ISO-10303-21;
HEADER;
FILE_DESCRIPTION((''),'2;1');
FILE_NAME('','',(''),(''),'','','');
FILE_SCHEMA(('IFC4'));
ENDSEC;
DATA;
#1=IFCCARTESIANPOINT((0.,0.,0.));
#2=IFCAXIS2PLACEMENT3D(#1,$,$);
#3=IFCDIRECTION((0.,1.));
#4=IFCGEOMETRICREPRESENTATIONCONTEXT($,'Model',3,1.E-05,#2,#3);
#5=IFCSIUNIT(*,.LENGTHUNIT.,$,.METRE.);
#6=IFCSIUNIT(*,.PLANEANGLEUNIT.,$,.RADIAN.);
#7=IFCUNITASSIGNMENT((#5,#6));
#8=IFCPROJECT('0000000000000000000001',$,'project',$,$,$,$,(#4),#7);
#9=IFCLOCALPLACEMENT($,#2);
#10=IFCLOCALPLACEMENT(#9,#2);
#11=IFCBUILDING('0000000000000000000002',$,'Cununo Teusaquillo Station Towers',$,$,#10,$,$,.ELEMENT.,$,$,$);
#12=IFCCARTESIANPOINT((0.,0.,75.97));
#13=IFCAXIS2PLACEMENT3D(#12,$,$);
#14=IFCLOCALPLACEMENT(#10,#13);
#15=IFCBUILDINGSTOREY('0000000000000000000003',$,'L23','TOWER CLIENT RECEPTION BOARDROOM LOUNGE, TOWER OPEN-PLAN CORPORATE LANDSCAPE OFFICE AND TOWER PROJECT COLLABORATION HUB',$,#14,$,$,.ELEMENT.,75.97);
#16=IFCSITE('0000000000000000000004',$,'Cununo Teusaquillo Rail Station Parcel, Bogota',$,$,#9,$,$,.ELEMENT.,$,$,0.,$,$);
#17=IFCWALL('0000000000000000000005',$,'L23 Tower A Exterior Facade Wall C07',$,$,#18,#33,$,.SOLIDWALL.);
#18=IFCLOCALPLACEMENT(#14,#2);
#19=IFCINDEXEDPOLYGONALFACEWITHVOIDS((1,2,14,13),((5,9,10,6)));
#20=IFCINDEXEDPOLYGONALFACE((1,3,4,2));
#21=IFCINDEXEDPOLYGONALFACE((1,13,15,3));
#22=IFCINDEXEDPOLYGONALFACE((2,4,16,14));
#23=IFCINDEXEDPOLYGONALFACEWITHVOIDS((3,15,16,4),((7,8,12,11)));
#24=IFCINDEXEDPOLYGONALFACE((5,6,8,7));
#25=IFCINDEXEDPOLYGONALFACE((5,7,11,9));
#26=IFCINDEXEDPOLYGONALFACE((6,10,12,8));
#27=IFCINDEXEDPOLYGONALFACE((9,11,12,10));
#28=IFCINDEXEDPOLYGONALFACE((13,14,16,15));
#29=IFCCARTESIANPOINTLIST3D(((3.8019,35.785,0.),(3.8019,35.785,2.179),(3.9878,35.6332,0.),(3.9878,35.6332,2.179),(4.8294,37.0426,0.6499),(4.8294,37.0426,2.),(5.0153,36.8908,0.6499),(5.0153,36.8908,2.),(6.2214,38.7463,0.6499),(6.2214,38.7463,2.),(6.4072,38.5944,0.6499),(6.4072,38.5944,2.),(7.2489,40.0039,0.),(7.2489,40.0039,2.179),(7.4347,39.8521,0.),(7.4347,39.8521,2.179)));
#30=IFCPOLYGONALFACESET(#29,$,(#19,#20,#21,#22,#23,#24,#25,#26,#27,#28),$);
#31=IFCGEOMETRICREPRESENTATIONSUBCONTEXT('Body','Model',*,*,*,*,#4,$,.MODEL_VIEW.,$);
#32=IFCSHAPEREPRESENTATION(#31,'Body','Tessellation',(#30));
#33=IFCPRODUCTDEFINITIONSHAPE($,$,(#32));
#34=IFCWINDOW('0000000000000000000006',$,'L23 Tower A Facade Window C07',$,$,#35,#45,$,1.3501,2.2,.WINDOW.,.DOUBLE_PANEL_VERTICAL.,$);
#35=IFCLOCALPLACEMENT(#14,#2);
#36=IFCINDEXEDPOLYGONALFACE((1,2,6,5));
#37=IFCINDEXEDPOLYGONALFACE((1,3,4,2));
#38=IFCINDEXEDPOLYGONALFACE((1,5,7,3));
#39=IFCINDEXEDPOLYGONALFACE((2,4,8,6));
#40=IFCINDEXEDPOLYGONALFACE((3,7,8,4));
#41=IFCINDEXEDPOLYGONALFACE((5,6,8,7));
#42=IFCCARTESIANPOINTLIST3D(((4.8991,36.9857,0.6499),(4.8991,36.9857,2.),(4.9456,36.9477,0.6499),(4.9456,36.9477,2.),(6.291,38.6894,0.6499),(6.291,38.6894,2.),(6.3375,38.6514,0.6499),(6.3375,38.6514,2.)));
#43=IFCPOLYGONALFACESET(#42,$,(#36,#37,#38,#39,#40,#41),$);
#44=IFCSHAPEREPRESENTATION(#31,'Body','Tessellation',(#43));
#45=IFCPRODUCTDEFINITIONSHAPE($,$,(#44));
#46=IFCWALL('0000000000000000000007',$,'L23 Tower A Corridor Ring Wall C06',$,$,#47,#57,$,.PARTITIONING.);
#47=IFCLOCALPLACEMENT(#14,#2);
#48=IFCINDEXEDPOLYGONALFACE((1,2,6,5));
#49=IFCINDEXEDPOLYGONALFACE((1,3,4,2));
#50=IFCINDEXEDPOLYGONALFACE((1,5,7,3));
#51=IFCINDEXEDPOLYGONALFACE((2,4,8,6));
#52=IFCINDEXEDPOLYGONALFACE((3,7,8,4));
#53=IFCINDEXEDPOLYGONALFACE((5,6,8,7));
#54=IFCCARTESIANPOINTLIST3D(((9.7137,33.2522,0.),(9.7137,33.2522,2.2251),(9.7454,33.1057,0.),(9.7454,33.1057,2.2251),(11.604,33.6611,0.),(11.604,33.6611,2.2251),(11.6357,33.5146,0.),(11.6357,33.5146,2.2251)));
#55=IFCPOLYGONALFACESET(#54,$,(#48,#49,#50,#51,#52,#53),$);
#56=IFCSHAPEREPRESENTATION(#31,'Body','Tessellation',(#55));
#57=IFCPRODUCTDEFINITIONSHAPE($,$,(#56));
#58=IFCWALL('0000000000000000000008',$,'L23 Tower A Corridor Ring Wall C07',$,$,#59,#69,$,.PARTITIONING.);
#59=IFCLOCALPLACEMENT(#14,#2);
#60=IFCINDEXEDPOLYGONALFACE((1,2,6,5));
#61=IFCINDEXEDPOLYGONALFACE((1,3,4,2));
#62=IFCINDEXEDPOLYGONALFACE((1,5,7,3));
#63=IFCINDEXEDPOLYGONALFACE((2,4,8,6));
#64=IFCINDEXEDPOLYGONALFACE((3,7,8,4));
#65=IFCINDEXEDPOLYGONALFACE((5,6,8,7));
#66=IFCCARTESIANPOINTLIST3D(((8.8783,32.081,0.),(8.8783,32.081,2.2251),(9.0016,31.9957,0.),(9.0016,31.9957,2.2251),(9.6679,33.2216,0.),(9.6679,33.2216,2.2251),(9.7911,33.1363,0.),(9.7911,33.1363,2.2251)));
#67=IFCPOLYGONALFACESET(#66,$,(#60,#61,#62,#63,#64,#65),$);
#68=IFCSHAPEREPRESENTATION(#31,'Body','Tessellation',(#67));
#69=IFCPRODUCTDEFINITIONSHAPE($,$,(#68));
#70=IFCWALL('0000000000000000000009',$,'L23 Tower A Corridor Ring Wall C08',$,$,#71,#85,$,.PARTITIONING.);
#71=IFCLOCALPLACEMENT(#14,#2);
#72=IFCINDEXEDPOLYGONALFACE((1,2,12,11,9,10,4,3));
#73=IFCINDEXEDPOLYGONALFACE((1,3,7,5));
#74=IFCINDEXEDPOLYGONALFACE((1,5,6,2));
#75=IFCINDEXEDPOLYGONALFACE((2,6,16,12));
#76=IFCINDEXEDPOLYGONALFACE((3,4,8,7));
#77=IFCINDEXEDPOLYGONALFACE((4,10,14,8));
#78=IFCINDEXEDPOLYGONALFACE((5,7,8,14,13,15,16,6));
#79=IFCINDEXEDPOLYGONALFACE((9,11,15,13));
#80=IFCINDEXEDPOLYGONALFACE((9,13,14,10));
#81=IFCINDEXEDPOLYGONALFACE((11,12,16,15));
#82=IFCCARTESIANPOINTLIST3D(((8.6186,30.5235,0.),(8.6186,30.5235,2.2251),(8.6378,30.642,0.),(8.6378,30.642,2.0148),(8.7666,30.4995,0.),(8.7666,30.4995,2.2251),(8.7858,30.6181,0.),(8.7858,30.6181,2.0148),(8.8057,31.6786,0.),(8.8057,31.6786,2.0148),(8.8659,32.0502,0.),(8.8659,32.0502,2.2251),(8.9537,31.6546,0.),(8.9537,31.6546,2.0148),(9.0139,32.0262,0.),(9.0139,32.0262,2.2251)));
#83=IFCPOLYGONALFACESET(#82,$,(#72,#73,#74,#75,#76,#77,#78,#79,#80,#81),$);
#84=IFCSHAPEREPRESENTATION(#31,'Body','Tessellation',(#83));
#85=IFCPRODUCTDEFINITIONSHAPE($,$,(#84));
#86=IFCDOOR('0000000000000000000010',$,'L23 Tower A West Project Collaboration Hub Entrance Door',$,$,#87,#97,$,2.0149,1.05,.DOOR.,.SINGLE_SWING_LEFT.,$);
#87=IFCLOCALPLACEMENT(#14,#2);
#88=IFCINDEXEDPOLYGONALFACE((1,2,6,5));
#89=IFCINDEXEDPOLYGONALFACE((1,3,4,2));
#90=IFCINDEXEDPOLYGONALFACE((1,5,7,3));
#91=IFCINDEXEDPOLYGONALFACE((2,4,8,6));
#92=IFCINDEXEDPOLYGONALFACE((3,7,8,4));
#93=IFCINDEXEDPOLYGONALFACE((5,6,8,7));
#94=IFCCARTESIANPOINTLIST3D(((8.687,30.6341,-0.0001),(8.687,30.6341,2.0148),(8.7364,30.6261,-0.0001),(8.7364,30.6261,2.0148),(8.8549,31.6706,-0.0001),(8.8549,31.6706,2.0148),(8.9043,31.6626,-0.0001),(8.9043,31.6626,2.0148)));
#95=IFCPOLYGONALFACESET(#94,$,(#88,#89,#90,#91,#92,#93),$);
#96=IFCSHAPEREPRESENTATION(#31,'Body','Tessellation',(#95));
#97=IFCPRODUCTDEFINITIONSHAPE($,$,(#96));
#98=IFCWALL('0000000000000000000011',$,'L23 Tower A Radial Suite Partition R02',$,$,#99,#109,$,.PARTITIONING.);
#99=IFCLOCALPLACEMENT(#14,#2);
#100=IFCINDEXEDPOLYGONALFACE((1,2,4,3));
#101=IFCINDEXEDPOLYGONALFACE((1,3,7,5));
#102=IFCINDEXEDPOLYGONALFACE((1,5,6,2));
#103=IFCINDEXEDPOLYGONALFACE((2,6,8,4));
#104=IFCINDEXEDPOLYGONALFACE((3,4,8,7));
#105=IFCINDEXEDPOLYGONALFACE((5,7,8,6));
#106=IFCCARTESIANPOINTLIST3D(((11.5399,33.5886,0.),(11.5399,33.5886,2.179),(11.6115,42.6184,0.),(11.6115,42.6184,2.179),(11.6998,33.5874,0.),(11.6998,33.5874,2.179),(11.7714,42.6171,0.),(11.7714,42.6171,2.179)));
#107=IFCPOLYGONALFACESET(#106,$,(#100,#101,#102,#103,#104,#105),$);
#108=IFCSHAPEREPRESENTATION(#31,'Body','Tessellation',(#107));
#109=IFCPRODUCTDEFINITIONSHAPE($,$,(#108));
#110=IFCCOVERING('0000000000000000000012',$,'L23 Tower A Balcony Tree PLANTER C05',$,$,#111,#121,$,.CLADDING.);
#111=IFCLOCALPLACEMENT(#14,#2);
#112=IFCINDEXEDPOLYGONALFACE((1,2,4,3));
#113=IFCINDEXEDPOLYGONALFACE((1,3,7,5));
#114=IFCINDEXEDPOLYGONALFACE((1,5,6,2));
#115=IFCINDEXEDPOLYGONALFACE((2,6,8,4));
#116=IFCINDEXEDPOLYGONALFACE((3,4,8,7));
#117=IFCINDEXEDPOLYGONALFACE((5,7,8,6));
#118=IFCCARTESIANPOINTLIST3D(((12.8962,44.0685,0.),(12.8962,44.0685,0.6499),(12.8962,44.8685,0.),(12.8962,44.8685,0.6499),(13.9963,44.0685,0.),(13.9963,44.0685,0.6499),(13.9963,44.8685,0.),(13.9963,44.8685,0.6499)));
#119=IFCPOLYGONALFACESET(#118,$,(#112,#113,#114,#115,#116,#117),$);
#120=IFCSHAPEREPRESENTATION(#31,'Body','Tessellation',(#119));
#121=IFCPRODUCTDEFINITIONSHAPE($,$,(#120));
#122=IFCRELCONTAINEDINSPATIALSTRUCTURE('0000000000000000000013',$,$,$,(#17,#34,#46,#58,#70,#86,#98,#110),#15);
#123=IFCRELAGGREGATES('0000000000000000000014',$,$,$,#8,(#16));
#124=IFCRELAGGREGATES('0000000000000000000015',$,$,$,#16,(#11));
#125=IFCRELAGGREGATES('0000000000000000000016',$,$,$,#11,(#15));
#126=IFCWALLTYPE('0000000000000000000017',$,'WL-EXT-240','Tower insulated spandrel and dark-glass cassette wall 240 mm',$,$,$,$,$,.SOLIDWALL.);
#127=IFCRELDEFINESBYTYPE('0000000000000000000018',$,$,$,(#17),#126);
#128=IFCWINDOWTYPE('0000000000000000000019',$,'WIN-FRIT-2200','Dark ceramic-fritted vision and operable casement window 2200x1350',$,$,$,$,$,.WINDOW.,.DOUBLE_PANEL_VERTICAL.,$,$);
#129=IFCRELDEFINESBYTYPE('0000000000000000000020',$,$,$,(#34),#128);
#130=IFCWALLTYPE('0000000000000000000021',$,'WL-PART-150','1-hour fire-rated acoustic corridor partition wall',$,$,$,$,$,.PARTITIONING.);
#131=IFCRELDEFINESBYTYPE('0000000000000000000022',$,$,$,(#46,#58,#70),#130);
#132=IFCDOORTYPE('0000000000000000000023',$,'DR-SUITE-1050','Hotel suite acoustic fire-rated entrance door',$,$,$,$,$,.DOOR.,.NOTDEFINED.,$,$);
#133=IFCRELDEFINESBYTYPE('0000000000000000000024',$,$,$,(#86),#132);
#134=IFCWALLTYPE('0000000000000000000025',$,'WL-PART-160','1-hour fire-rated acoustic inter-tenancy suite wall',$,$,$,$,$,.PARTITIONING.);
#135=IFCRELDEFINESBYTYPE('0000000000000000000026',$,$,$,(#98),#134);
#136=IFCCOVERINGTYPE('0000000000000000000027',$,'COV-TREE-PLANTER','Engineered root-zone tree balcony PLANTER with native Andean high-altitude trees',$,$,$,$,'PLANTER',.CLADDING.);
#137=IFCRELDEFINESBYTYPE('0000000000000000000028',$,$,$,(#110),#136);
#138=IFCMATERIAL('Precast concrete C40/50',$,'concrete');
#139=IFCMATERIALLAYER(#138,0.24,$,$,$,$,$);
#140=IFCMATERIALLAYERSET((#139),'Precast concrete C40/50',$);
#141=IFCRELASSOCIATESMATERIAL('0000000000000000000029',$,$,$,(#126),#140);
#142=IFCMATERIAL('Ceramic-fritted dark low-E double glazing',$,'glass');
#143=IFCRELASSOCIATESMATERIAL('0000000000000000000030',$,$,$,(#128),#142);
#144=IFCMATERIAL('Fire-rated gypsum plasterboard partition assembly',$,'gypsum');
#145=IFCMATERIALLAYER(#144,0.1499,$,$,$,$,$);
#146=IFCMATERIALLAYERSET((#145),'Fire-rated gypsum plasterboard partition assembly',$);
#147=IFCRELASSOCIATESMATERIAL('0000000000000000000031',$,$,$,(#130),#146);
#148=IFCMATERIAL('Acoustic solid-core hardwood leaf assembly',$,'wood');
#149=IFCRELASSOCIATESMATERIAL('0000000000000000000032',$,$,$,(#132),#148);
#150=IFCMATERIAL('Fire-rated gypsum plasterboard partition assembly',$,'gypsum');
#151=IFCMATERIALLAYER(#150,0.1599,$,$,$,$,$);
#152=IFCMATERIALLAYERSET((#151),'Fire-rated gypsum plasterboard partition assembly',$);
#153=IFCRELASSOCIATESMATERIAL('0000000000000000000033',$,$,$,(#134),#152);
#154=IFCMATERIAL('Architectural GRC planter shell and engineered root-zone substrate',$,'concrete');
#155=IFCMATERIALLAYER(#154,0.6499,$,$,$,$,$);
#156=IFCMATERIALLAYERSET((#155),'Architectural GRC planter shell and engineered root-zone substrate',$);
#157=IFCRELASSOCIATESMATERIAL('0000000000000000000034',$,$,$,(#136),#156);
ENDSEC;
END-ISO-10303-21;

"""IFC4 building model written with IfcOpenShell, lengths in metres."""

from ifc_helpers import new_model, si_unit, direction, frame, frame_2d, origin, origin_2d, place, context, subcontext, project, spatial, rectangle, extrude, source, transform, mapped, material, layer, layer_set, type_object, element, fill, save


model = new_model("IFC4")

# Units and contexts
model_context = context("Model", 3, precision=1e-05, world=origin(), true_north=direction((0.0, 1.0)))
body_context = subcontext(model_context, "Body", "Model", "MODEL_VIEW")
ifc_project = project(units=[si_unit("LENGTHUNIT", "METRE"), si_unit("PLANEANGLEUNIT", "RADIAN")], contexts=[model_context])

# Site, building, storey
site_placement = place(None, origin())
site = spatial("IfcSite", under=ifc_project, at=site_placement, Name="Cununo Teusaquillo Rail Station Parcel, Bogota", CompositionType="ELEMENT", RefElevation=0.0)
building_placement = place(site_placement, origin())
building = spatial("IfcBuilding", under=site, at=building_placement, Name="Cununo Teusaquillo Station Towers", CompositionType="ELEMENT")
storey_placement = place(building_placement, frame((0.0, 0.0, 75.97)))
storey = spatial("IfcBuildingStorey", under=building, at=storey_placement, Name="L23", Description="TOWER CLIENT RECEPTION BOARDROOM LOUNGE, TOWER OPEN-PLAN CORPORATE LANDSCAPE OFFICE AND TOWER PROJECT COLLABORATION HUB", CompositionType="ELEMENT", Elevation=75.97)

# Shared definitions
ifc_material_1 = material(Name="Precast concrete C40/50", Category="concrete")
ifc_layer_1 = layer(ifc_material_1, 0.24)
ifc_layer_set_1 = layer_set([ifc_layer_1], Name="Precast concrete C40/50")
wall_type_1 = type_object("IfcWallType", Name="WL-EXT-240", Description="Tower insulated spandrel and dark-glass cassette wall 240 mm", PredefinedType="SOLIDWALL", material=ifc_layer_set_1)
shared_shape_1 = source(origin(), body_context, "Body", "SweptSolid", [
    extrude(rectangle(XDim=2.2, YDim=1.3501, at=frame_2d((1.1001, 0.675))), frame((0.0, 0.1299, 0.0), z_axis=(0.0, -1.0, 0.0), x_axis=(1.0, 0.0, 0.0)), (0.0, 0.0, 1.0), 0.26),
])
ifc_material_2 = material(Name="Ceramic-fritted dark low-E double glazing", Category="glass")
window_type = type_object("IfcWindowType", Name="WIN-FRIT-2200", Description="Dark ceramic-fritted vision and operable casement window 2200x1350", PartitioningType="DOUBLE_PANEL_VERTICAL", PredefinedType="WINDOW", material=ifc_material_2)
shared_shape_2 = source(origin(), body_context, "Body", "SweptSolid", [
    extrude(rectangle(XDim=2.2, YDim=1.3501, at=frame_2d((1.1001, 0.675))), frame((0.0, 0.03, 0.0), z_axis=(0.0, -1.0, 0.0), x_axis=(1.0, 0.0, 0.0)), (0.0, 0.0, 1.0), 0.0601),
])

# Wall, opening, window
wall_1_placement = place(storey_placement, frame((3.8948, 35.709, 0.0), z_axis=(0.0, 0.0, 1.0), x_axis=(0.632701, 0.774396, 0.0)))
wall_1 = element("IfcWall", 1, at=wall_1_placement, inside=storey, type_object=wall_type_1, Name="L23 Tower A Exterior Facade Wall C07", PredefinedType="SOLIDWALL", context=body_context, shape_type="SweptSolid", body=[
    extrude(rectangle(XDim=5.448, YDim=0.24, at=frame_2d((2.7241, 0.0))), origin(), (0.0, 0.0, 1.0), 2.179),
])
opening_1_placement = place(wall_1_placement, frame((1.624, 0.0, 0.6499)))
opening_1 = element("IfcOpeningElement", 2, at=opening_1_placement, cuts=wall_1, PredefinedType="OPENING", context=body_context, shape_type="MappedRepresentation", body=[
    mapped(shared_shape_1, transform((0.0, 0.0, 0.0), x_axis=(1.0, 0.0, 0.0), y_axis=(0.0, 1.0, 0.0), z_axis=(0.0, 0.0, 1.0), scale=1.0)),
])
window_1_placement = place(opening_1_placement, origin())
window_1 = element("IfcWindow", 3, at=window_1_placement, inside=storey, type_object=window_type, Name="L23 Tower A Facade Window C07", OverallHeight=1.3501, OverallWidth=2.2, PartitioningType="DOUBLE_PANEL_VERTICAL", PredefinedType="WINDOW", context=body_context, shape_type="MappedRepresentation", body=[
    mapped(shared_shape_2, transform((0.0, 0.0, 0.0), x_axis=(1.0, 0.0, 0.0), y_axis=(0.0, 1.0, 0.0), z_axis=(0.0, 0.0, 1.0), scale=1.0)),
])
fill(opening_1, window_1)

# Walls
ifc_material_3 = material(Name="Fire-rated gypsum plasterboard partition assembly", Category="gypsum")
ifc_layer_2 = layer(ifc_material_3, 0.1499)
ifc_layer_set_2 = layer_set([ifc_layer_2], Name="Fire-rated gypsum plasterboard partition assembly")
wall_type_2 = type_object("IfcWallType", Name="WL-PART-150", Description="1-hour fire-rated acoustic corridor partition wall", PredefinedType="PARTITIONING", material=ifc_layer_set_2)
wall_2_placement = place(storey_placement, frame((11.6199, 33.5879, 0.0), z_axis=(0.0, 0.0, 1.0), x_axis=(-0.977392, -0.211434, 0.0)))
element("IfcWall", 4, at=wall_2_placement, inside=storey, type_object=wall_type_2, Name="L23 Tower A Corridor Ring Wall C06", PredefinedType="PARTITIONING", context=body_context, shape_type="SweptSolid", body=[
    extrude(rectangle(XDim=1.9341, YDim=0.1499, at=frame_2d((0.967, 0.0))), origin(), (0.0, 0.0, 1.0), 2.2251),
])
wall_3_placement = place(storey_placement, frame((9.7295, 33.179, 0.0), z_axis=(0.0, 0.0, 1.0), x_axis=(-0.569155, -0.82223, 0.0)))
element("IfcWall", 5, at=wall_3_placement, inside=storey, type_object=wall_type_2, Name="L23 Tower A Corridor Ring Wall C07", PredefinedType="PARTITIONING", context=body_context, shape_type="SweptSolid", body=[
    extrude(rectangle(XDim=1.3872, YDim=0.1499, at=frame_2d((0.6936, 0.0))), origin(), (0.0, 0.0, 1.0), 2.2251),
])

# Wall, opening, door
wall_4_placement = place(storey_placement, frame((8.9399, 32.0383, 0.0), z_axis=(0.0, 0.0, 1.0), x_axis=(-0.159917, -0.98713, 0.0)))
wall_4 = element("IfcWall", 6, at=wall_4_placement, inside=storey, type_object=wall_type_2, Name="L23 Tower A Corridor Ring Wall C08", PredefinedType="PARTITIONING", context=body_context, shape_type="SweptSolid", body=[
    extrude(rectangle(XDim=1.5466, YDim=0.1499, at=frame_2d((0.7734, 0.0))), origin(), (0.0, 0.0, 1.0), 2.2251),
])
shared_shape_3 = source(origin(), body_context, "Body", "SweptSolid", [
    extrude(rectangle(XDim=1.05, YDim=2.0149, at=frame_2d((0.5249, 1.0073))), frame((0.0, 0.085, 0.0), z_axis=(0.0, -1.0, 0.0), x_axis=(1.0, 0.0, 0.0)), (0.0, 0.0, 1.0), 0.1699),
])
opening_2_placement = place(wall_4_placement, frame((0.3767, 0.0, 0.0)))
opening_2 = element("IfcOpeningElement", 7, at=opening_2_placement, cuts=wall_4, PredefinedType="OPENING", context=body_context, shape_type="MappedRepresentation", body=[
    mapped(shared_shape_3, transform((0.0, 0.0, 0.0), x_axis=(1.0, 0.0, 0.0), y_axis=(0.0, 1.0, 0.0), z_axis=(0.0, 0.0, 1.0), scale=1.0)),
])
ifc_material_4 = material(Name="Acoustic solid-core hardwood leaf assembly", Category="wood")
door_type_1 = type_object("IfcDoorType", Name="DR-SUITE-1050", Description="Hotel suite acoustic fire-rated entrance door", OperationType="NOTDEFINED", PredefinedType="DOOR", material=ifc_material_4)
shared_shape_4 = source(origin(), body_context, "Body", "SweptSolid", [
    extrude(rectangle(XDim=1.05, YDim=2.0149, at=frame_2d((0.5249, 1.0073))), frame((0.0, 0.0249, 0.0), z_axis=(0.0, -1.0, 0.0), x_axis=(1.0, 0.0, 0.0)), (0.0, 0.0, 1.0), 0.05),
])
door_1_placement = place(opening_2_placement, origin())
door_1 = element("IfcDoor", 8, at=door_1_placement, inside=storey, type_object=door_type_1, Name="L23 Tower A West Project Collaboration Hub Entrance Door", OperationType="SINGLE_SWING_LEFT", OverallHeight=2.0149, OverallWidth=1.05, PredefinedType="DOOR", context=body_context, shape_type="MappedRepresentation", body=[
    mapped(shared_shape_4, transform((0.0, 0.0, 0.0), x_axis=(1.0, 0.0, 0.0), y_axis=(0.0, 1.0, 0.0), z_axis=(0.0, 0.0, 1.0), scale=1.0)),
])
fill(opening_2, door_1)

# Wall
ifc_material_5 = material(Name="Fire-rated gypsum plasterboard partition assembly", Category="gypsum")
ifc_layer_3 = layer(ifc_material_5, 0.1599)
ifc_layer_set_3 = layer_set([ifc_layer_3], Name="Fire-rated gypsum plasterboard partition assembly")
wall_type_3 = type_object("IfcWallType", Name="WL-PART-160", Description="1-hour fire-rated acoustic inter-tenancy suite wall", PredefinedType="PARTITIONING", material=ifc_layer_set_3)
wall_5_placement = place(storey_placement, frame((11.6199, 33.5879, 0.0), z_axis=(0.0, 0.0, 1.0), x_axis=(0.007922, 0.999969, 0.0)))
element("IfcWall", 9, at=wall_5_placement, inside=storey, type_object=wall_type_3, Name="L23 Tower A Radial Suite Partition R02", PredefinedType="PARTITIONING", context=body_context, shape_type="SweptSolid", body=[
    extrude(rectangle(XDim=9.03, YDim=0.1599, at=frame_2d((4.5151, 0.0))), origin(), (0.0, 0.0, 1.0), 2.179),
])

# Covering
ifc_material_6 = material(Name="Architectural GRC planter shell and engineered root-zone substrate", Category="concrete")
ifc_layer_4 = layer(ifc_material_6, 0.6499)
ifc_layer_set_4 = layer_set([ifc_layer_4], Name="Architectural GRC planter shell and engineered root-zone substrate")
covering_type = type_object("IfcCoveringType", Name="COV-TREE-PLANTER", Description="Engineered root-zone tree balcony PLANTER with native Andean high-altitude trees", ElementType="PLANTER", PredefinedType="CLADDING", material=ifc_layer_set_4)
shared_shape_5 = source(origin(), body_context, "Body", "SweptSolid", [
    extrude(rectangle(XDim=1.1001, YDim=0.8, at=origin_2d()), origin(), (0.0, 0.0, 1.0), 0.6499),
])
covering_placement = place(storey_placement, frame((13.4463, 44.4685, 0.0), z_axis=(0.0, 0.0, 1.0), x_axis=(1.0, 0.0, 0.0)))
element("IfcCovering", 10, at=covering_placement, inside=storey, type_object=covering_type, Name="L23 Tower A Balcony Tree PLANTER C05", PredefinedType="CLADDING", context=body_context, shape_type="MappedRepresentation", body=[
    mapped(shared_shape_5, transform((0.0, 0.0, 0.0), x_axis=(1.0, 0.0, 0.0), y_axis=(0.0, 1.0, 0.0), z_axis=(0.0, 0.0, 1.0), scale=1.0)),
])

save(model, "model.ifc")
